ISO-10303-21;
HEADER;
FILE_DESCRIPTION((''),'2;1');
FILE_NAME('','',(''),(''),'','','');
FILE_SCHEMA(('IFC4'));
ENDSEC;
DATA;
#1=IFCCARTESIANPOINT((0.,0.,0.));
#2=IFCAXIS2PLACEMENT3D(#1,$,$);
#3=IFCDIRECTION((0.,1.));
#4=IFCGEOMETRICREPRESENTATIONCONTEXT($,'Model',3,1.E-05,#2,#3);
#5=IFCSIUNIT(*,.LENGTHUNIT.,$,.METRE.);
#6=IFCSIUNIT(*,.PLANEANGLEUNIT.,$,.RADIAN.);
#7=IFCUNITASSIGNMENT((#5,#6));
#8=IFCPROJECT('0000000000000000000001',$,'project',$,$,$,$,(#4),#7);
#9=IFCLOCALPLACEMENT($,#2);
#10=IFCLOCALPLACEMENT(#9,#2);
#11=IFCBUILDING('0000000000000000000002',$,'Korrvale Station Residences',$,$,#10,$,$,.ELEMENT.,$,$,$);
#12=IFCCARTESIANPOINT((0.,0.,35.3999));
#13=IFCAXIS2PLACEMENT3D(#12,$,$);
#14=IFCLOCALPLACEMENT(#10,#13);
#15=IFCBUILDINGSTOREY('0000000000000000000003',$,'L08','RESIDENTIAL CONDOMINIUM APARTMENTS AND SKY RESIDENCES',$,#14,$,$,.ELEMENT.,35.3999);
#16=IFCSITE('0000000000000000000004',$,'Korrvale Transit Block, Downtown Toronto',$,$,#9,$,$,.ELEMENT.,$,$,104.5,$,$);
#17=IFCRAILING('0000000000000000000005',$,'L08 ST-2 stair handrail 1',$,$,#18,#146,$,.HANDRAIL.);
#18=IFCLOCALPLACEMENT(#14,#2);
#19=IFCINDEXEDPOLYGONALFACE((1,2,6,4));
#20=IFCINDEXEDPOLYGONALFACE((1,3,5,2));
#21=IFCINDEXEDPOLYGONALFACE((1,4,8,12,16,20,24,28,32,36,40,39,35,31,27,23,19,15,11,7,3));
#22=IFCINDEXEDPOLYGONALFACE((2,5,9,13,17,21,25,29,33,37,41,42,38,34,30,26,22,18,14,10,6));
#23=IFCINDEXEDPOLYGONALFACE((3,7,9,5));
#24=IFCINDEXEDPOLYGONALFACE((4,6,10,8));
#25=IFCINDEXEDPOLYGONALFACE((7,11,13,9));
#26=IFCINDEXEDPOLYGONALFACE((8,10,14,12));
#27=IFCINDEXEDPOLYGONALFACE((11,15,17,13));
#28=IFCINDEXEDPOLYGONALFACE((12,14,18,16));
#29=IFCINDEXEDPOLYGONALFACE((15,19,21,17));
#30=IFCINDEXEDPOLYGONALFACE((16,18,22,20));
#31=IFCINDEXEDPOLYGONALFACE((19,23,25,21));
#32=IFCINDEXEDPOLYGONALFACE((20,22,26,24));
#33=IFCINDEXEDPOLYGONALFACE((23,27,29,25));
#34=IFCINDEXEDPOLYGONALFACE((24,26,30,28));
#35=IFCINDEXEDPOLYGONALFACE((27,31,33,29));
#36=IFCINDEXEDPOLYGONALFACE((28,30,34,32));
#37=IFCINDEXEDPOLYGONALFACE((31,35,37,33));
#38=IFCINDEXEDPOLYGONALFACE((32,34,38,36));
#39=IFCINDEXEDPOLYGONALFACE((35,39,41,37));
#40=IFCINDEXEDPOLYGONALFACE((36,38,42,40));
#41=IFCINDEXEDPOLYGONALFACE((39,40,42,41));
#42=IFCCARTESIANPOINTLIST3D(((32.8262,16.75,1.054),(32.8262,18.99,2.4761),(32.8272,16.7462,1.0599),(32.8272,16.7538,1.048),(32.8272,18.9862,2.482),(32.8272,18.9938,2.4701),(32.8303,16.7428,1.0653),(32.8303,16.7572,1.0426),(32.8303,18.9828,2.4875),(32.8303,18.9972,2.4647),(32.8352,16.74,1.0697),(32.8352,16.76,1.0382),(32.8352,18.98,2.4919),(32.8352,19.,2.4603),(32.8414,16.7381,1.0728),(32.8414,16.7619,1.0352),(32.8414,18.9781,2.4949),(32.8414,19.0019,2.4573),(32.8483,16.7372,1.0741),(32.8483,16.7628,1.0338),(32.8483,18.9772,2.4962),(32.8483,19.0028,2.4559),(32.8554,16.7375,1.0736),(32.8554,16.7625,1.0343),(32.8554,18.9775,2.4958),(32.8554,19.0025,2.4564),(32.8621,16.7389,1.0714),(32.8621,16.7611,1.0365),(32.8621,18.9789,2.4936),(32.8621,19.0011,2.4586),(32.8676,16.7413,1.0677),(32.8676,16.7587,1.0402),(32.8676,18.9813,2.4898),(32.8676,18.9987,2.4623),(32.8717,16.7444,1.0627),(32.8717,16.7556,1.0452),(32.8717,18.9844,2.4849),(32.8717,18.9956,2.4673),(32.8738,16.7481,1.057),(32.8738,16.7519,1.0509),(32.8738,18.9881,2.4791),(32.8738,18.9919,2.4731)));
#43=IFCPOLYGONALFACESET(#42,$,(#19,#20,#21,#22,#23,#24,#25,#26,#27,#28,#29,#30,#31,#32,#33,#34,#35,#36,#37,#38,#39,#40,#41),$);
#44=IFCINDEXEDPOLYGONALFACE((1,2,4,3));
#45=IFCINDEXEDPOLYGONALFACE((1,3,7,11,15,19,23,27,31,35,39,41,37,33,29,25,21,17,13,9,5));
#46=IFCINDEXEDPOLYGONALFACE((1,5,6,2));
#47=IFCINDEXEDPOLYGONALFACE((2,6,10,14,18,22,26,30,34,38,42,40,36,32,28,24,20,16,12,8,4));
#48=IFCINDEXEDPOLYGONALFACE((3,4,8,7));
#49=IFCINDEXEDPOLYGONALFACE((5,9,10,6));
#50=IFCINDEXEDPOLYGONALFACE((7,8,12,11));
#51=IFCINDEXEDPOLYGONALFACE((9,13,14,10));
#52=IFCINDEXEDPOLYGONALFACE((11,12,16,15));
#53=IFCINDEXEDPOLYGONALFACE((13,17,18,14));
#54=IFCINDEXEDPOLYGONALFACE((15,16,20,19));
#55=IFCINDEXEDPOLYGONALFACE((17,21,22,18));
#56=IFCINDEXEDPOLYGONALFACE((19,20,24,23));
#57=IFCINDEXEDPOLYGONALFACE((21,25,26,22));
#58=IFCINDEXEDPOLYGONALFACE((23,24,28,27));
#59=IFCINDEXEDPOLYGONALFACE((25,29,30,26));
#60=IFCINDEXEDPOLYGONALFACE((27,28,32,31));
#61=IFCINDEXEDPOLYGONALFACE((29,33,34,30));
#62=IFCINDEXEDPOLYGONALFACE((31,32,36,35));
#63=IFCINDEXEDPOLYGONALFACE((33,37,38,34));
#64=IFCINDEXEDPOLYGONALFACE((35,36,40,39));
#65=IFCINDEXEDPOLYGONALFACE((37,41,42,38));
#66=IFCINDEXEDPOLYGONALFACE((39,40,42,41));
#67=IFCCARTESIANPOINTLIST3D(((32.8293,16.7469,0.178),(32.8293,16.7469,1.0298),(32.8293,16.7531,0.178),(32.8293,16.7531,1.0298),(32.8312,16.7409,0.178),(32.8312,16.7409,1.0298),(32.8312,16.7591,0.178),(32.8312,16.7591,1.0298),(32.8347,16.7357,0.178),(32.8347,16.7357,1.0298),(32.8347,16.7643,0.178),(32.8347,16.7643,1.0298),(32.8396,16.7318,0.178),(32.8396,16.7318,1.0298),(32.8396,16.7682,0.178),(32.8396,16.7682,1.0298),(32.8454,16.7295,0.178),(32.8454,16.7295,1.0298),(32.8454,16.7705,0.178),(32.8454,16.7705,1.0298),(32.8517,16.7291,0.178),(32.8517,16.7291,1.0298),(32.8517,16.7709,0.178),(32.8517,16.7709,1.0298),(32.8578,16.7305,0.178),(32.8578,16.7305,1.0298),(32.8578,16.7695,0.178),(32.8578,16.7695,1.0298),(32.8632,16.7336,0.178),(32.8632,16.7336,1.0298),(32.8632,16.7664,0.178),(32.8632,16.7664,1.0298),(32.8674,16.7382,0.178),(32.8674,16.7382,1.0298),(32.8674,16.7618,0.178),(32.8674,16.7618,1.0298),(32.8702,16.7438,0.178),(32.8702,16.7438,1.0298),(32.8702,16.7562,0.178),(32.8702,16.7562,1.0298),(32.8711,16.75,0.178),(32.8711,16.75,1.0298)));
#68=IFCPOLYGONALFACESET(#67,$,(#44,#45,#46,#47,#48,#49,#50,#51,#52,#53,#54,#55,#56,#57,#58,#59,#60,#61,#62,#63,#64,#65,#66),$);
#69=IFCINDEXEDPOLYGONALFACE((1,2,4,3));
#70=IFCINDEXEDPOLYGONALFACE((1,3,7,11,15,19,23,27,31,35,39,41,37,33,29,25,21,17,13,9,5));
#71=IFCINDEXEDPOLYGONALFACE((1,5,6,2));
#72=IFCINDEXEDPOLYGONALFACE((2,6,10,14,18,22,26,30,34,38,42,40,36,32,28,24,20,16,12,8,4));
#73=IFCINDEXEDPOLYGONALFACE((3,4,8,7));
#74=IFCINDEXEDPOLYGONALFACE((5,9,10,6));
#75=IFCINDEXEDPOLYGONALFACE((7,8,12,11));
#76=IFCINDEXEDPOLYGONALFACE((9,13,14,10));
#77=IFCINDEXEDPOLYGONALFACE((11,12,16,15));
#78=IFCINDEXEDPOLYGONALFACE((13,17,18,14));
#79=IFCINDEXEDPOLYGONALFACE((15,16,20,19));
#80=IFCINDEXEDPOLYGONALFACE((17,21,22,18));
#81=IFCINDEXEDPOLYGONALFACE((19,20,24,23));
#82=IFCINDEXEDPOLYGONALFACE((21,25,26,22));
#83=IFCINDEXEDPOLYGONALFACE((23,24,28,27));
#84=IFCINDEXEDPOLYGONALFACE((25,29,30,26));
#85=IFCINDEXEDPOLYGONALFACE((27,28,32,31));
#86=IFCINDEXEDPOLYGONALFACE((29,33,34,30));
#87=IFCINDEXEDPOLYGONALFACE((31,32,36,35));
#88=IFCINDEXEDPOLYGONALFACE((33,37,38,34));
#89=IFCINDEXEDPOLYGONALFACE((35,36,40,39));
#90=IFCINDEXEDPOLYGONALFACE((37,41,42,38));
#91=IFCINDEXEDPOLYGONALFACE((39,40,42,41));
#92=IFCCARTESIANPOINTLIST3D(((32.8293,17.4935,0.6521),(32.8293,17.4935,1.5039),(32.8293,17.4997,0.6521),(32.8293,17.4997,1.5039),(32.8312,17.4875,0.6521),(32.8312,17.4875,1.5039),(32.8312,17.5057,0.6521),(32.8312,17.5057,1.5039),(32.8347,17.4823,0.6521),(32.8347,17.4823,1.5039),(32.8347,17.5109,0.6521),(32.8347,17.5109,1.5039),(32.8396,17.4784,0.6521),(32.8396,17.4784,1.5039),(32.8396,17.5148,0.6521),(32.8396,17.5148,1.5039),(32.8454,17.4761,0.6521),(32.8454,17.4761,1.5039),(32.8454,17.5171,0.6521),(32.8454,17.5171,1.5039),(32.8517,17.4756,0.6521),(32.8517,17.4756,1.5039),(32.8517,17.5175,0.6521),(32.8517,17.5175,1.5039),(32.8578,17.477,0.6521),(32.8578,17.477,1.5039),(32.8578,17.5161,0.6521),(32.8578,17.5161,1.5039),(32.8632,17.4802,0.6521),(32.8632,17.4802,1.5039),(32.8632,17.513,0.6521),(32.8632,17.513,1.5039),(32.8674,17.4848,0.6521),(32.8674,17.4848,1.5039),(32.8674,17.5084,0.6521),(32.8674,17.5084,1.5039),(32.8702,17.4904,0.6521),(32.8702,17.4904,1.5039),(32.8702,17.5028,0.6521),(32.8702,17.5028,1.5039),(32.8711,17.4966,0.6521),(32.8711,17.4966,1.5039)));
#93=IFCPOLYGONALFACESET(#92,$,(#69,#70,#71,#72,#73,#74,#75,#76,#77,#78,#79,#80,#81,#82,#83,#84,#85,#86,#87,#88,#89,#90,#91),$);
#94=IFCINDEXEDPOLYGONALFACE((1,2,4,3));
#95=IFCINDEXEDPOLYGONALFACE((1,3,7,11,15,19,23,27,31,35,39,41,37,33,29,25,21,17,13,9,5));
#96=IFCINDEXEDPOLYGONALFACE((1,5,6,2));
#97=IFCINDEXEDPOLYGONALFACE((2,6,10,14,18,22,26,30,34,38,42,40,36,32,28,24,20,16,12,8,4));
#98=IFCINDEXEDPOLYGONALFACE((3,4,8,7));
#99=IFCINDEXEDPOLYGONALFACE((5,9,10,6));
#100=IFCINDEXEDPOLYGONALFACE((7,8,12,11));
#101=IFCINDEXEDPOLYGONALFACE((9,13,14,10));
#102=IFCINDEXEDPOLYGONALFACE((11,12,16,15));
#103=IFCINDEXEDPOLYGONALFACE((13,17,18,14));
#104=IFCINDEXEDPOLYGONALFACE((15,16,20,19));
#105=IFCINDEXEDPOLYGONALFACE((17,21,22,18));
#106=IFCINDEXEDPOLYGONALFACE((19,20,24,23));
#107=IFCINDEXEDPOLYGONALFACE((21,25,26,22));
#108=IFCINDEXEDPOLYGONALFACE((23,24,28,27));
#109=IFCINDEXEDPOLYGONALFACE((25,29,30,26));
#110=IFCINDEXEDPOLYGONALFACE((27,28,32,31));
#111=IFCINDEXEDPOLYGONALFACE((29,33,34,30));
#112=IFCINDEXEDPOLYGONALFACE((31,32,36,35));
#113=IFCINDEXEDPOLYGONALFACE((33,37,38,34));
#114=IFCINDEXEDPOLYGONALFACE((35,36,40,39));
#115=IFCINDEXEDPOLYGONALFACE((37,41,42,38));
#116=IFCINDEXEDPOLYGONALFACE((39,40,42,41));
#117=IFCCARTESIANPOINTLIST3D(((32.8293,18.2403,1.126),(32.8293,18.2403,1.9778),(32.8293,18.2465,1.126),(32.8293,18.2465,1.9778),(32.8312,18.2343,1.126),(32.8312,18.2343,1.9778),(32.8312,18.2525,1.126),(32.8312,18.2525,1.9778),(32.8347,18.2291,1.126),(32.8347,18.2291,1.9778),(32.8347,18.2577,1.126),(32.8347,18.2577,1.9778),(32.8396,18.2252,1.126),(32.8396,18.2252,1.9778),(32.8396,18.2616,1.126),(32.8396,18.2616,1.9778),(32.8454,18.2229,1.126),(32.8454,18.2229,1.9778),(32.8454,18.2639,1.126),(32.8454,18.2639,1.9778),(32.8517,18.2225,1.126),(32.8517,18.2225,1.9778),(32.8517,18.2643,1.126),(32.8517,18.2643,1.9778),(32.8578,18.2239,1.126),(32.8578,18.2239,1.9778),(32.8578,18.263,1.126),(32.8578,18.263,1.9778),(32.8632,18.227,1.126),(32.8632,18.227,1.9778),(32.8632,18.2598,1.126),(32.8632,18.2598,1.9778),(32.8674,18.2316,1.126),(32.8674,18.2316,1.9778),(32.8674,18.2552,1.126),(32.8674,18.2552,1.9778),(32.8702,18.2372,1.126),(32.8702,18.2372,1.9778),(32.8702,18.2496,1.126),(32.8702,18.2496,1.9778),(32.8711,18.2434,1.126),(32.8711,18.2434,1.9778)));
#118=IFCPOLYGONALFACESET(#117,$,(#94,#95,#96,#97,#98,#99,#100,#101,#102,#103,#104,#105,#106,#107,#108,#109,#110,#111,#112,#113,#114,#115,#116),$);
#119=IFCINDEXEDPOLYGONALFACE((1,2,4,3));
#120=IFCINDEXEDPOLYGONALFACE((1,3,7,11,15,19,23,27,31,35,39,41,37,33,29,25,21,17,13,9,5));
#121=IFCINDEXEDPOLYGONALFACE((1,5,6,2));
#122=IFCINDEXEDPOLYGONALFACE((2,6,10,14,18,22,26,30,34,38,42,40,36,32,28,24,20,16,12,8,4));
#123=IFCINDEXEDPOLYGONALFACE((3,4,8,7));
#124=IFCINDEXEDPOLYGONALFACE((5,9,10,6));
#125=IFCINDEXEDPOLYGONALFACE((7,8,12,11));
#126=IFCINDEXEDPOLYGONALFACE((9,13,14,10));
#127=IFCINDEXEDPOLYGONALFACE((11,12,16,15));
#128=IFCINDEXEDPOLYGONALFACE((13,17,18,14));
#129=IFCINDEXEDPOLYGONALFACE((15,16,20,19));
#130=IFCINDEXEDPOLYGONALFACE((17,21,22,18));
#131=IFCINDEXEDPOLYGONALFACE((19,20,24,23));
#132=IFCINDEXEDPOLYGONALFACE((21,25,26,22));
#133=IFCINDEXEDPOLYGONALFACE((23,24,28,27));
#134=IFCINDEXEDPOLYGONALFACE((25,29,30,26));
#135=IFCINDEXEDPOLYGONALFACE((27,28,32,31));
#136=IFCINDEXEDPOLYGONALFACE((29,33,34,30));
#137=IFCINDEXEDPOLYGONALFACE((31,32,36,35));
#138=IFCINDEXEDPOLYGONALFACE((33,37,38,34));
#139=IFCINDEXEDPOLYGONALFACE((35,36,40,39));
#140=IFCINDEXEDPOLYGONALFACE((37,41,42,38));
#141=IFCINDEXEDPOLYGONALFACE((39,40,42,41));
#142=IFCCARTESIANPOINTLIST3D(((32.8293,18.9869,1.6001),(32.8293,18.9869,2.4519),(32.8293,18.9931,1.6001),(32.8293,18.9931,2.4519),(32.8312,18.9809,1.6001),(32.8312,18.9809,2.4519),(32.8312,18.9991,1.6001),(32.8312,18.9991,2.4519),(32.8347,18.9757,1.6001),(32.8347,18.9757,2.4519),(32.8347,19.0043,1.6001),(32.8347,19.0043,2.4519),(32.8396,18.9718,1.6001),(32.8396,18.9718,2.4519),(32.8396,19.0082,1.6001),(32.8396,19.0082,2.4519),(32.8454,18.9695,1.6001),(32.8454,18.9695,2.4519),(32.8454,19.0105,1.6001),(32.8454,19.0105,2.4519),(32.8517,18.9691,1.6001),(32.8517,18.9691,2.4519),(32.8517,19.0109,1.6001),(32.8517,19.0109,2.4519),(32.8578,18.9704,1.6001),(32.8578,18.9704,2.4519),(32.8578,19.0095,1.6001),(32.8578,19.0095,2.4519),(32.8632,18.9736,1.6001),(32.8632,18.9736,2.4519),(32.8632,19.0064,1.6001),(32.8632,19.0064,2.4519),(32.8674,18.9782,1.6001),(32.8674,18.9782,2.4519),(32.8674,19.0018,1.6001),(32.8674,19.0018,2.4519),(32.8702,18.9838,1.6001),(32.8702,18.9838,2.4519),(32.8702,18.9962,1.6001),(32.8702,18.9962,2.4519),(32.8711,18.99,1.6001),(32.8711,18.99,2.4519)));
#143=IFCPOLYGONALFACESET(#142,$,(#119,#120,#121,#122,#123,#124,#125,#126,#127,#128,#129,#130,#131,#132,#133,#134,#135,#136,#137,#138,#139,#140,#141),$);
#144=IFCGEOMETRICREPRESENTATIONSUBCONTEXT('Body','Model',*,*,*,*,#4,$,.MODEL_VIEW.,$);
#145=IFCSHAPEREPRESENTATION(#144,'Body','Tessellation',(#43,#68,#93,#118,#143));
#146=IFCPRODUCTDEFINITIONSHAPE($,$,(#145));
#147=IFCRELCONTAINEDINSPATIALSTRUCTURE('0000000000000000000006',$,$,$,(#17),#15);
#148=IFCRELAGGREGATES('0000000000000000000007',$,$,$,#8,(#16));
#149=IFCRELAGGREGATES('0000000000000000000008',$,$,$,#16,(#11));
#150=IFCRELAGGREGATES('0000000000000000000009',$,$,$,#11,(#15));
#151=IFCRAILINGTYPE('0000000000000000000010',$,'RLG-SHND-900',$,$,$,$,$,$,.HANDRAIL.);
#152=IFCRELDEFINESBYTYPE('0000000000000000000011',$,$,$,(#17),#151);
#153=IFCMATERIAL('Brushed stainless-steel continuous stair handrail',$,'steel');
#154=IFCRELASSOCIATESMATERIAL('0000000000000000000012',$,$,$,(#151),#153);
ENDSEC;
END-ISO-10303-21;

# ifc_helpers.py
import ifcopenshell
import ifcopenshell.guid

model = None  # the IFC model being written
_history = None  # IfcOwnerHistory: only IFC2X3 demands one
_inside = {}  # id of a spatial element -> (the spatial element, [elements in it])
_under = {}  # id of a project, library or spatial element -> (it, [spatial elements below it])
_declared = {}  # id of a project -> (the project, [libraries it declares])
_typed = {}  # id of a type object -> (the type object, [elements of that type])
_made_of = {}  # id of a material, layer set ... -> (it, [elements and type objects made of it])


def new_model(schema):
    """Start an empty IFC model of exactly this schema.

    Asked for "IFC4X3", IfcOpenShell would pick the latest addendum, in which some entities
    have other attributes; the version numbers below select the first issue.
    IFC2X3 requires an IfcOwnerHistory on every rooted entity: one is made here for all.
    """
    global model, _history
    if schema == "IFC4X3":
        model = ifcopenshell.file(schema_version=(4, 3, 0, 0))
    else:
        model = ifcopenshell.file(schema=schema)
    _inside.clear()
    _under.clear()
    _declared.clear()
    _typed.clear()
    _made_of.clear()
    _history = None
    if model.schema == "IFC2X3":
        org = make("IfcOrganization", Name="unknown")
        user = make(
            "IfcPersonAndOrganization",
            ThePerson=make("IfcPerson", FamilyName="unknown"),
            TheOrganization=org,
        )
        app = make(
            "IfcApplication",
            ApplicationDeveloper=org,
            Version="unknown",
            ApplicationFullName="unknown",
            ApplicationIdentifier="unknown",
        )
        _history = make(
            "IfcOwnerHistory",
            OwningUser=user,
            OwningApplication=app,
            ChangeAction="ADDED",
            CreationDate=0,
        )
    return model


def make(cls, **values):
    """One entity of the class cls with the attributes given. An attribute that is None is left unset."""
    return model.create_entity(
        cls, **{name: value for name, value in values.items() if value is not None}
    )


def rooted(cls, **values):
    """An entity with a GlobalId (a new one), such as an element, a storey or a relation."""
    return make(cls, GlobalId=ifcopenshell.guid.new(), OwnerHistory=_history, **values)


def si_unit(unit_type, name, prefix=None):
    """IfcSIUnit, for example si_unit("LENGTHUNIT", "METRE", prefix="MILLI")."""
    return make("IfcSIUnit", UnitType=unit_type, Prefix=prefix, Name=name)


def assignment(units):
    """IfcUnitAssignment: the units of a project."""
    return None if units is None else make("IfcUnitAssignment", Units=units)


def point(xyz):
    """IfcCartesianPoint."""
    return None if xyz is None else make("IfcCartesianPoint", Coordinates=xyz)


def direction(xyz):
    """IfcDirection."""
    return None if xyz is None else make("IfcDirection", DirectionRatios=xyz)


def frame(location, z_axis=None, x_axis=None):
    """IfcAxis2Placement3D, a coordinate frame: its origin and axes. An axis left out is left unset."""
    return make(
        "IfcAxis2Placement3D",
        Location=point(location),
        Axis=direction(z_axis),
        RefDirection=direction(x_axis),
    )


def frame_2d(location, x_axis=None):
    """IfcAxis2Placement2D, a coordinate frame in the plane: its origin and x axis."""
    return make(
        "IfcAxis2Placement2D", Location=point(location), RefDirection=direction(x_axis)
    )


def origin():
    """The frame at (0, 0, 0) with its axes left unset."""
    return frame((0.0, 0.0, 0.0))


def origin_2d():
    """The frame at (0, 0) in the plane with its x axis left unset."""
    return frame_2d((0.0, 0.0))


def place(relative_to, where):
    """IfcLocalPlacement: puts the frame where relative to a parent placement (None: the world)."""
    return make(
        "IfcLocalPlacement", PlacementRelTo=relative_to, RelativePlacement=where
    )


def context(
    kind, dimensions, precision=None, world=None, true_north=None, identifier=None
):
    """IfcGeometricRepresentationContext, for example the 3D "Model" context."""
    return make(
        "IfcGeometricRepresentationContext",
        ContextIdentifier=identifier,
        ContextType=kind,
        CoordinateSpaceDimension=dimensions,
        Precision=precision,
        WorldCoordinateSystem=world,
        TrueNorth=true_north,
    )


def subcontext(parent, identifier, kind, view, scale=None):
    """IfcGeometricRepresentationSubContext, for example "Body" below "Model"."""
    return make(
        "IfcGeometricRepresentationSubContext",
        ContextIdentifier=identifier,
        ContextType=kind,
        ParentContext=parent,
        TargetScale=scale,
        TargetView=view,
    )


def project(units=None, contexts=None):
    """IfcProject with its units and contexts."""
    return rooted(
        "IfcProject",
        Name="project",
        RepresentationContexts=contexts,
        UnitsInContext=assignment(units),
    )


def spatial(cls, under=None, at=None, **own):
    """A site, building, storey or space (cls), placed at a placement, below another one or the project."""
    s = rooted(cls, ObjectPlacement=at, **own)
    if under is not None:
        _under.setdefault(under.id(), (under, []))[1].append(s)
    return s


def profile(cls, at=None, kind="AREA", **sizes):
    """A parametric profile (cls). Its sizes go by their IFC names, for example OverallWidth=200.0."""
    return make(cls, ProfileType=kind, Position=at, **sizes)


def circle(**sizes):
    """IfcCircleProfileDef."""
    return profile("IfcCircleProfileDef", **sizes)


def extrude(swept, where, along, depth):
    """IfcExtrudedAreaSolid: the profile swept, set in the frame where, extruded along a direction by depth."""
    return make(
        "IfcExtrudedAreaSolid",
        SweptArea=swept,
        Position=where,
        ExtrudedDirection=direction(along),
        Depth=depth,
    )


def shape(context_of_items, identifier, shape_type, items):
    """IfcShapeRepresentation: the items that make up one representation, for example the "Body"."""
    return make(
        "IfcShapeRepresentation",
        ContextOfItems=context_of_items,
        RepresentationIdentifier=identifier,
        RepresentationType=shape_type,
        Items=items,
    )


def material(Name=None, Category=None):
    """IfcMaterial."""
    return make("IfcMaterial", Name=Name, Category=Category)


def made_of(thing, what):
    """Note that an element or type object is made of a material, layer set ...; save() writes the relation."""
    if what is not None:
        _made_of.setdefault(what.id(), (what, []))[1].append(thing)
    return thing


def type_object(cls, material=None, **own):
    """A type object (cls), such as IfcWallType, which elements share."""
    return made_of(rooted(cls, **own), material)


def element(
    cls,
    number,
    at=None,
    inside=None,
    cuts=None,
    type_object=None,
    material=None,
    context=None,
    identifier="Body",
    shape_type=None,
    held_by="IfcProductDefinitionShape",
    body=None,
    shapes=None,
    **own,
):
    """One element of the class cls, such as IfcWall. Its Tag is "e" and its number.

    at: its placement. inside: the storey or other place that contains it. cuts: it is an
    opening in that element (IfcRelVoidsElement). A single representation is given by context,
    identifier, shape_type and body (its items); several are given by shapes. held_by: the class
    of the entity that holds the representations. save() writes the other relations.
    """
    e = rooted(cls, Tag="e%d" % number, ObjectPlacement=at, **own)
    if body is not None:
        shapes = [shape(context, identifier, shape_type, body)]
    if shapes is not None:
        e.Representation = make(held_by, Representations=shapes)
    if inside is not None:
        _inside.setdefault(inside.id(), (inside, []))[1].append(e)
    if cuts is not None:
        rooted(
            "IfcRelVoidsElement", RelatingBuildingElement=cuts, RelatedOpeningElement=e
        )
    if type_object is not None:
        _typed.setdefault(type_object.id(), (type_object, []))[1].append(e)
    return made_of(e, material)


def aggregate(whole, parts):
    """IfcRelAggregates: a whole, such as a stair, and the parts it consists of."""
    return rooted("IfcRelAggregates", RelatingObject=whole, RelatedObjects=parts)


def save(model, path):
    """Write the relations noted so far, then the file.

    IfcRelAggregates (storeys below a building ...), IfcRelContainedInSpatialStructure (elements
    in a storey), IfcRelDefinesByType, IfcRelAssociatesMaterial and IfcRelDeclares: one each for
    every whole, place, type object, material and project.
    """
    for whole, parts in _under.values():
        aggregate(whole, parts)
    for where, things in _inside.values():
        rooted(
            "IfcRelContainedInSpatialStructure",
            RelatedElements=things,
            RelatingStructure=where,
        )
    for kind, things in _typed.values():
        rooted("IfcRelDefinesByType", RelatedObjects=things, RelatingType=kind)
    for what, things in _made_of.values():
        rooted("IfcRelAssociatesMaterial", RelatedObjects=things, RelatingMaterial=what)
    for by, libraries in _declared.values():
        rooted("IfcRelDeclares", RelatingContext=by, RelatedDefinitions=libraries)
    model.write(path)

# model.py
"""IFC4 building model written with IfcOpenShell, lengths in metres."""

from ifc_helpers import new_model, si_unit, direction, frame, origin, origin_2d, place, context, subcontext, project, spatial, circle, extrude, material, type_object, element, save


model = new_model("IFC4")

# Units and contexts
model_context = context("Model", 3, precision=1e-05, world=origin(), true_north=direction((0.0, 1.0)))
body_context = subcontext(model_context, "Body", "Model", "MODEL_VIEW")
ifc_project = project(units=[si_unit("LENGTHUNIT", "METRE"), si_unit("PLANEANGLEUNIT", "RADIAN")], contexts=[model_context])

# Site, building, storey
site_placement = place(None, origin())
site = spatial("IfcSite", under=ifc_project, at=site_placement, Name="Korrvale Transit Block, Downtown Toronto", CompositionType="ELEMENT", RefElevation=104.5)
building_placement = place(site_placement, origin())
building = spatial("IfcBuilding", under=site, at=building_placement, Name="Korrvale Station Residences", CompositionType="ELEMENT")
storey_placement = place(building_placement, frame((0.0, 0.0, 35.3999)))
storey = spatial("IfcBuildingStorey", under=building, at=storey_placement, Name="L08", Description="RESIDENTIAL CONDOMINIUM APARTMENTS AND SKY RESIDENCES", CompositionType="ELEMENT", Elevation=35.3999)

# Railing
ifc_material_1 = material(Name="Brushed stainless-steel continuous stair handrail", Category="steel")
railing_type_1 = type_object("IfcRailingType", Name="RLG-SHND-900", PredefinedType="HANDRAIL", material=ifc_material_1)
railing_1_placement = place(storey_placement, frame((32.8501, 16.75, 0.178)))
element("IfcRailing", 1, at=railing_1_placement, inside=storey, type_object=railing_type_1, Name="L08 ST-2 stair handrail 1", PredefinedType="HANDRAIL", context=body_context, shape_type="SweptSolid", body=[
    extrude(circle(Radius=0.0239, at=origin_2d()), frame((0.0, 0.0, 0.876), z_axis=(0.0, 0.844229, 0.535982), x_axis=(-1.0, 0.0, 0.0)), (0.0, 0.0, 1.0), 2.6533),
    extrude(circle(Radius=0.021, at=origin_2d()), origin(), (0.0, 0.0, 1.0), 0.8518),
    extrude(circle(Radius=0.021, at=origin_2d()), frame((0.0, 0.7466, 0.4741)), (0.0, 0.0, 1.0), 0.8518),
    extrude(circle(Radius=0.021, at=origin_2d()), frame((0.0, 1.4934, 0.948)), (0.0, 0.0, 1.0), 0.8518),
    extrude(circle(Radius=0.021, at=origin_2d()), frame((0.0, 2.24, 1.4221)), (0.0, 0.0, 1.0), 0.8518),
])

save(model, "model.ifc")
